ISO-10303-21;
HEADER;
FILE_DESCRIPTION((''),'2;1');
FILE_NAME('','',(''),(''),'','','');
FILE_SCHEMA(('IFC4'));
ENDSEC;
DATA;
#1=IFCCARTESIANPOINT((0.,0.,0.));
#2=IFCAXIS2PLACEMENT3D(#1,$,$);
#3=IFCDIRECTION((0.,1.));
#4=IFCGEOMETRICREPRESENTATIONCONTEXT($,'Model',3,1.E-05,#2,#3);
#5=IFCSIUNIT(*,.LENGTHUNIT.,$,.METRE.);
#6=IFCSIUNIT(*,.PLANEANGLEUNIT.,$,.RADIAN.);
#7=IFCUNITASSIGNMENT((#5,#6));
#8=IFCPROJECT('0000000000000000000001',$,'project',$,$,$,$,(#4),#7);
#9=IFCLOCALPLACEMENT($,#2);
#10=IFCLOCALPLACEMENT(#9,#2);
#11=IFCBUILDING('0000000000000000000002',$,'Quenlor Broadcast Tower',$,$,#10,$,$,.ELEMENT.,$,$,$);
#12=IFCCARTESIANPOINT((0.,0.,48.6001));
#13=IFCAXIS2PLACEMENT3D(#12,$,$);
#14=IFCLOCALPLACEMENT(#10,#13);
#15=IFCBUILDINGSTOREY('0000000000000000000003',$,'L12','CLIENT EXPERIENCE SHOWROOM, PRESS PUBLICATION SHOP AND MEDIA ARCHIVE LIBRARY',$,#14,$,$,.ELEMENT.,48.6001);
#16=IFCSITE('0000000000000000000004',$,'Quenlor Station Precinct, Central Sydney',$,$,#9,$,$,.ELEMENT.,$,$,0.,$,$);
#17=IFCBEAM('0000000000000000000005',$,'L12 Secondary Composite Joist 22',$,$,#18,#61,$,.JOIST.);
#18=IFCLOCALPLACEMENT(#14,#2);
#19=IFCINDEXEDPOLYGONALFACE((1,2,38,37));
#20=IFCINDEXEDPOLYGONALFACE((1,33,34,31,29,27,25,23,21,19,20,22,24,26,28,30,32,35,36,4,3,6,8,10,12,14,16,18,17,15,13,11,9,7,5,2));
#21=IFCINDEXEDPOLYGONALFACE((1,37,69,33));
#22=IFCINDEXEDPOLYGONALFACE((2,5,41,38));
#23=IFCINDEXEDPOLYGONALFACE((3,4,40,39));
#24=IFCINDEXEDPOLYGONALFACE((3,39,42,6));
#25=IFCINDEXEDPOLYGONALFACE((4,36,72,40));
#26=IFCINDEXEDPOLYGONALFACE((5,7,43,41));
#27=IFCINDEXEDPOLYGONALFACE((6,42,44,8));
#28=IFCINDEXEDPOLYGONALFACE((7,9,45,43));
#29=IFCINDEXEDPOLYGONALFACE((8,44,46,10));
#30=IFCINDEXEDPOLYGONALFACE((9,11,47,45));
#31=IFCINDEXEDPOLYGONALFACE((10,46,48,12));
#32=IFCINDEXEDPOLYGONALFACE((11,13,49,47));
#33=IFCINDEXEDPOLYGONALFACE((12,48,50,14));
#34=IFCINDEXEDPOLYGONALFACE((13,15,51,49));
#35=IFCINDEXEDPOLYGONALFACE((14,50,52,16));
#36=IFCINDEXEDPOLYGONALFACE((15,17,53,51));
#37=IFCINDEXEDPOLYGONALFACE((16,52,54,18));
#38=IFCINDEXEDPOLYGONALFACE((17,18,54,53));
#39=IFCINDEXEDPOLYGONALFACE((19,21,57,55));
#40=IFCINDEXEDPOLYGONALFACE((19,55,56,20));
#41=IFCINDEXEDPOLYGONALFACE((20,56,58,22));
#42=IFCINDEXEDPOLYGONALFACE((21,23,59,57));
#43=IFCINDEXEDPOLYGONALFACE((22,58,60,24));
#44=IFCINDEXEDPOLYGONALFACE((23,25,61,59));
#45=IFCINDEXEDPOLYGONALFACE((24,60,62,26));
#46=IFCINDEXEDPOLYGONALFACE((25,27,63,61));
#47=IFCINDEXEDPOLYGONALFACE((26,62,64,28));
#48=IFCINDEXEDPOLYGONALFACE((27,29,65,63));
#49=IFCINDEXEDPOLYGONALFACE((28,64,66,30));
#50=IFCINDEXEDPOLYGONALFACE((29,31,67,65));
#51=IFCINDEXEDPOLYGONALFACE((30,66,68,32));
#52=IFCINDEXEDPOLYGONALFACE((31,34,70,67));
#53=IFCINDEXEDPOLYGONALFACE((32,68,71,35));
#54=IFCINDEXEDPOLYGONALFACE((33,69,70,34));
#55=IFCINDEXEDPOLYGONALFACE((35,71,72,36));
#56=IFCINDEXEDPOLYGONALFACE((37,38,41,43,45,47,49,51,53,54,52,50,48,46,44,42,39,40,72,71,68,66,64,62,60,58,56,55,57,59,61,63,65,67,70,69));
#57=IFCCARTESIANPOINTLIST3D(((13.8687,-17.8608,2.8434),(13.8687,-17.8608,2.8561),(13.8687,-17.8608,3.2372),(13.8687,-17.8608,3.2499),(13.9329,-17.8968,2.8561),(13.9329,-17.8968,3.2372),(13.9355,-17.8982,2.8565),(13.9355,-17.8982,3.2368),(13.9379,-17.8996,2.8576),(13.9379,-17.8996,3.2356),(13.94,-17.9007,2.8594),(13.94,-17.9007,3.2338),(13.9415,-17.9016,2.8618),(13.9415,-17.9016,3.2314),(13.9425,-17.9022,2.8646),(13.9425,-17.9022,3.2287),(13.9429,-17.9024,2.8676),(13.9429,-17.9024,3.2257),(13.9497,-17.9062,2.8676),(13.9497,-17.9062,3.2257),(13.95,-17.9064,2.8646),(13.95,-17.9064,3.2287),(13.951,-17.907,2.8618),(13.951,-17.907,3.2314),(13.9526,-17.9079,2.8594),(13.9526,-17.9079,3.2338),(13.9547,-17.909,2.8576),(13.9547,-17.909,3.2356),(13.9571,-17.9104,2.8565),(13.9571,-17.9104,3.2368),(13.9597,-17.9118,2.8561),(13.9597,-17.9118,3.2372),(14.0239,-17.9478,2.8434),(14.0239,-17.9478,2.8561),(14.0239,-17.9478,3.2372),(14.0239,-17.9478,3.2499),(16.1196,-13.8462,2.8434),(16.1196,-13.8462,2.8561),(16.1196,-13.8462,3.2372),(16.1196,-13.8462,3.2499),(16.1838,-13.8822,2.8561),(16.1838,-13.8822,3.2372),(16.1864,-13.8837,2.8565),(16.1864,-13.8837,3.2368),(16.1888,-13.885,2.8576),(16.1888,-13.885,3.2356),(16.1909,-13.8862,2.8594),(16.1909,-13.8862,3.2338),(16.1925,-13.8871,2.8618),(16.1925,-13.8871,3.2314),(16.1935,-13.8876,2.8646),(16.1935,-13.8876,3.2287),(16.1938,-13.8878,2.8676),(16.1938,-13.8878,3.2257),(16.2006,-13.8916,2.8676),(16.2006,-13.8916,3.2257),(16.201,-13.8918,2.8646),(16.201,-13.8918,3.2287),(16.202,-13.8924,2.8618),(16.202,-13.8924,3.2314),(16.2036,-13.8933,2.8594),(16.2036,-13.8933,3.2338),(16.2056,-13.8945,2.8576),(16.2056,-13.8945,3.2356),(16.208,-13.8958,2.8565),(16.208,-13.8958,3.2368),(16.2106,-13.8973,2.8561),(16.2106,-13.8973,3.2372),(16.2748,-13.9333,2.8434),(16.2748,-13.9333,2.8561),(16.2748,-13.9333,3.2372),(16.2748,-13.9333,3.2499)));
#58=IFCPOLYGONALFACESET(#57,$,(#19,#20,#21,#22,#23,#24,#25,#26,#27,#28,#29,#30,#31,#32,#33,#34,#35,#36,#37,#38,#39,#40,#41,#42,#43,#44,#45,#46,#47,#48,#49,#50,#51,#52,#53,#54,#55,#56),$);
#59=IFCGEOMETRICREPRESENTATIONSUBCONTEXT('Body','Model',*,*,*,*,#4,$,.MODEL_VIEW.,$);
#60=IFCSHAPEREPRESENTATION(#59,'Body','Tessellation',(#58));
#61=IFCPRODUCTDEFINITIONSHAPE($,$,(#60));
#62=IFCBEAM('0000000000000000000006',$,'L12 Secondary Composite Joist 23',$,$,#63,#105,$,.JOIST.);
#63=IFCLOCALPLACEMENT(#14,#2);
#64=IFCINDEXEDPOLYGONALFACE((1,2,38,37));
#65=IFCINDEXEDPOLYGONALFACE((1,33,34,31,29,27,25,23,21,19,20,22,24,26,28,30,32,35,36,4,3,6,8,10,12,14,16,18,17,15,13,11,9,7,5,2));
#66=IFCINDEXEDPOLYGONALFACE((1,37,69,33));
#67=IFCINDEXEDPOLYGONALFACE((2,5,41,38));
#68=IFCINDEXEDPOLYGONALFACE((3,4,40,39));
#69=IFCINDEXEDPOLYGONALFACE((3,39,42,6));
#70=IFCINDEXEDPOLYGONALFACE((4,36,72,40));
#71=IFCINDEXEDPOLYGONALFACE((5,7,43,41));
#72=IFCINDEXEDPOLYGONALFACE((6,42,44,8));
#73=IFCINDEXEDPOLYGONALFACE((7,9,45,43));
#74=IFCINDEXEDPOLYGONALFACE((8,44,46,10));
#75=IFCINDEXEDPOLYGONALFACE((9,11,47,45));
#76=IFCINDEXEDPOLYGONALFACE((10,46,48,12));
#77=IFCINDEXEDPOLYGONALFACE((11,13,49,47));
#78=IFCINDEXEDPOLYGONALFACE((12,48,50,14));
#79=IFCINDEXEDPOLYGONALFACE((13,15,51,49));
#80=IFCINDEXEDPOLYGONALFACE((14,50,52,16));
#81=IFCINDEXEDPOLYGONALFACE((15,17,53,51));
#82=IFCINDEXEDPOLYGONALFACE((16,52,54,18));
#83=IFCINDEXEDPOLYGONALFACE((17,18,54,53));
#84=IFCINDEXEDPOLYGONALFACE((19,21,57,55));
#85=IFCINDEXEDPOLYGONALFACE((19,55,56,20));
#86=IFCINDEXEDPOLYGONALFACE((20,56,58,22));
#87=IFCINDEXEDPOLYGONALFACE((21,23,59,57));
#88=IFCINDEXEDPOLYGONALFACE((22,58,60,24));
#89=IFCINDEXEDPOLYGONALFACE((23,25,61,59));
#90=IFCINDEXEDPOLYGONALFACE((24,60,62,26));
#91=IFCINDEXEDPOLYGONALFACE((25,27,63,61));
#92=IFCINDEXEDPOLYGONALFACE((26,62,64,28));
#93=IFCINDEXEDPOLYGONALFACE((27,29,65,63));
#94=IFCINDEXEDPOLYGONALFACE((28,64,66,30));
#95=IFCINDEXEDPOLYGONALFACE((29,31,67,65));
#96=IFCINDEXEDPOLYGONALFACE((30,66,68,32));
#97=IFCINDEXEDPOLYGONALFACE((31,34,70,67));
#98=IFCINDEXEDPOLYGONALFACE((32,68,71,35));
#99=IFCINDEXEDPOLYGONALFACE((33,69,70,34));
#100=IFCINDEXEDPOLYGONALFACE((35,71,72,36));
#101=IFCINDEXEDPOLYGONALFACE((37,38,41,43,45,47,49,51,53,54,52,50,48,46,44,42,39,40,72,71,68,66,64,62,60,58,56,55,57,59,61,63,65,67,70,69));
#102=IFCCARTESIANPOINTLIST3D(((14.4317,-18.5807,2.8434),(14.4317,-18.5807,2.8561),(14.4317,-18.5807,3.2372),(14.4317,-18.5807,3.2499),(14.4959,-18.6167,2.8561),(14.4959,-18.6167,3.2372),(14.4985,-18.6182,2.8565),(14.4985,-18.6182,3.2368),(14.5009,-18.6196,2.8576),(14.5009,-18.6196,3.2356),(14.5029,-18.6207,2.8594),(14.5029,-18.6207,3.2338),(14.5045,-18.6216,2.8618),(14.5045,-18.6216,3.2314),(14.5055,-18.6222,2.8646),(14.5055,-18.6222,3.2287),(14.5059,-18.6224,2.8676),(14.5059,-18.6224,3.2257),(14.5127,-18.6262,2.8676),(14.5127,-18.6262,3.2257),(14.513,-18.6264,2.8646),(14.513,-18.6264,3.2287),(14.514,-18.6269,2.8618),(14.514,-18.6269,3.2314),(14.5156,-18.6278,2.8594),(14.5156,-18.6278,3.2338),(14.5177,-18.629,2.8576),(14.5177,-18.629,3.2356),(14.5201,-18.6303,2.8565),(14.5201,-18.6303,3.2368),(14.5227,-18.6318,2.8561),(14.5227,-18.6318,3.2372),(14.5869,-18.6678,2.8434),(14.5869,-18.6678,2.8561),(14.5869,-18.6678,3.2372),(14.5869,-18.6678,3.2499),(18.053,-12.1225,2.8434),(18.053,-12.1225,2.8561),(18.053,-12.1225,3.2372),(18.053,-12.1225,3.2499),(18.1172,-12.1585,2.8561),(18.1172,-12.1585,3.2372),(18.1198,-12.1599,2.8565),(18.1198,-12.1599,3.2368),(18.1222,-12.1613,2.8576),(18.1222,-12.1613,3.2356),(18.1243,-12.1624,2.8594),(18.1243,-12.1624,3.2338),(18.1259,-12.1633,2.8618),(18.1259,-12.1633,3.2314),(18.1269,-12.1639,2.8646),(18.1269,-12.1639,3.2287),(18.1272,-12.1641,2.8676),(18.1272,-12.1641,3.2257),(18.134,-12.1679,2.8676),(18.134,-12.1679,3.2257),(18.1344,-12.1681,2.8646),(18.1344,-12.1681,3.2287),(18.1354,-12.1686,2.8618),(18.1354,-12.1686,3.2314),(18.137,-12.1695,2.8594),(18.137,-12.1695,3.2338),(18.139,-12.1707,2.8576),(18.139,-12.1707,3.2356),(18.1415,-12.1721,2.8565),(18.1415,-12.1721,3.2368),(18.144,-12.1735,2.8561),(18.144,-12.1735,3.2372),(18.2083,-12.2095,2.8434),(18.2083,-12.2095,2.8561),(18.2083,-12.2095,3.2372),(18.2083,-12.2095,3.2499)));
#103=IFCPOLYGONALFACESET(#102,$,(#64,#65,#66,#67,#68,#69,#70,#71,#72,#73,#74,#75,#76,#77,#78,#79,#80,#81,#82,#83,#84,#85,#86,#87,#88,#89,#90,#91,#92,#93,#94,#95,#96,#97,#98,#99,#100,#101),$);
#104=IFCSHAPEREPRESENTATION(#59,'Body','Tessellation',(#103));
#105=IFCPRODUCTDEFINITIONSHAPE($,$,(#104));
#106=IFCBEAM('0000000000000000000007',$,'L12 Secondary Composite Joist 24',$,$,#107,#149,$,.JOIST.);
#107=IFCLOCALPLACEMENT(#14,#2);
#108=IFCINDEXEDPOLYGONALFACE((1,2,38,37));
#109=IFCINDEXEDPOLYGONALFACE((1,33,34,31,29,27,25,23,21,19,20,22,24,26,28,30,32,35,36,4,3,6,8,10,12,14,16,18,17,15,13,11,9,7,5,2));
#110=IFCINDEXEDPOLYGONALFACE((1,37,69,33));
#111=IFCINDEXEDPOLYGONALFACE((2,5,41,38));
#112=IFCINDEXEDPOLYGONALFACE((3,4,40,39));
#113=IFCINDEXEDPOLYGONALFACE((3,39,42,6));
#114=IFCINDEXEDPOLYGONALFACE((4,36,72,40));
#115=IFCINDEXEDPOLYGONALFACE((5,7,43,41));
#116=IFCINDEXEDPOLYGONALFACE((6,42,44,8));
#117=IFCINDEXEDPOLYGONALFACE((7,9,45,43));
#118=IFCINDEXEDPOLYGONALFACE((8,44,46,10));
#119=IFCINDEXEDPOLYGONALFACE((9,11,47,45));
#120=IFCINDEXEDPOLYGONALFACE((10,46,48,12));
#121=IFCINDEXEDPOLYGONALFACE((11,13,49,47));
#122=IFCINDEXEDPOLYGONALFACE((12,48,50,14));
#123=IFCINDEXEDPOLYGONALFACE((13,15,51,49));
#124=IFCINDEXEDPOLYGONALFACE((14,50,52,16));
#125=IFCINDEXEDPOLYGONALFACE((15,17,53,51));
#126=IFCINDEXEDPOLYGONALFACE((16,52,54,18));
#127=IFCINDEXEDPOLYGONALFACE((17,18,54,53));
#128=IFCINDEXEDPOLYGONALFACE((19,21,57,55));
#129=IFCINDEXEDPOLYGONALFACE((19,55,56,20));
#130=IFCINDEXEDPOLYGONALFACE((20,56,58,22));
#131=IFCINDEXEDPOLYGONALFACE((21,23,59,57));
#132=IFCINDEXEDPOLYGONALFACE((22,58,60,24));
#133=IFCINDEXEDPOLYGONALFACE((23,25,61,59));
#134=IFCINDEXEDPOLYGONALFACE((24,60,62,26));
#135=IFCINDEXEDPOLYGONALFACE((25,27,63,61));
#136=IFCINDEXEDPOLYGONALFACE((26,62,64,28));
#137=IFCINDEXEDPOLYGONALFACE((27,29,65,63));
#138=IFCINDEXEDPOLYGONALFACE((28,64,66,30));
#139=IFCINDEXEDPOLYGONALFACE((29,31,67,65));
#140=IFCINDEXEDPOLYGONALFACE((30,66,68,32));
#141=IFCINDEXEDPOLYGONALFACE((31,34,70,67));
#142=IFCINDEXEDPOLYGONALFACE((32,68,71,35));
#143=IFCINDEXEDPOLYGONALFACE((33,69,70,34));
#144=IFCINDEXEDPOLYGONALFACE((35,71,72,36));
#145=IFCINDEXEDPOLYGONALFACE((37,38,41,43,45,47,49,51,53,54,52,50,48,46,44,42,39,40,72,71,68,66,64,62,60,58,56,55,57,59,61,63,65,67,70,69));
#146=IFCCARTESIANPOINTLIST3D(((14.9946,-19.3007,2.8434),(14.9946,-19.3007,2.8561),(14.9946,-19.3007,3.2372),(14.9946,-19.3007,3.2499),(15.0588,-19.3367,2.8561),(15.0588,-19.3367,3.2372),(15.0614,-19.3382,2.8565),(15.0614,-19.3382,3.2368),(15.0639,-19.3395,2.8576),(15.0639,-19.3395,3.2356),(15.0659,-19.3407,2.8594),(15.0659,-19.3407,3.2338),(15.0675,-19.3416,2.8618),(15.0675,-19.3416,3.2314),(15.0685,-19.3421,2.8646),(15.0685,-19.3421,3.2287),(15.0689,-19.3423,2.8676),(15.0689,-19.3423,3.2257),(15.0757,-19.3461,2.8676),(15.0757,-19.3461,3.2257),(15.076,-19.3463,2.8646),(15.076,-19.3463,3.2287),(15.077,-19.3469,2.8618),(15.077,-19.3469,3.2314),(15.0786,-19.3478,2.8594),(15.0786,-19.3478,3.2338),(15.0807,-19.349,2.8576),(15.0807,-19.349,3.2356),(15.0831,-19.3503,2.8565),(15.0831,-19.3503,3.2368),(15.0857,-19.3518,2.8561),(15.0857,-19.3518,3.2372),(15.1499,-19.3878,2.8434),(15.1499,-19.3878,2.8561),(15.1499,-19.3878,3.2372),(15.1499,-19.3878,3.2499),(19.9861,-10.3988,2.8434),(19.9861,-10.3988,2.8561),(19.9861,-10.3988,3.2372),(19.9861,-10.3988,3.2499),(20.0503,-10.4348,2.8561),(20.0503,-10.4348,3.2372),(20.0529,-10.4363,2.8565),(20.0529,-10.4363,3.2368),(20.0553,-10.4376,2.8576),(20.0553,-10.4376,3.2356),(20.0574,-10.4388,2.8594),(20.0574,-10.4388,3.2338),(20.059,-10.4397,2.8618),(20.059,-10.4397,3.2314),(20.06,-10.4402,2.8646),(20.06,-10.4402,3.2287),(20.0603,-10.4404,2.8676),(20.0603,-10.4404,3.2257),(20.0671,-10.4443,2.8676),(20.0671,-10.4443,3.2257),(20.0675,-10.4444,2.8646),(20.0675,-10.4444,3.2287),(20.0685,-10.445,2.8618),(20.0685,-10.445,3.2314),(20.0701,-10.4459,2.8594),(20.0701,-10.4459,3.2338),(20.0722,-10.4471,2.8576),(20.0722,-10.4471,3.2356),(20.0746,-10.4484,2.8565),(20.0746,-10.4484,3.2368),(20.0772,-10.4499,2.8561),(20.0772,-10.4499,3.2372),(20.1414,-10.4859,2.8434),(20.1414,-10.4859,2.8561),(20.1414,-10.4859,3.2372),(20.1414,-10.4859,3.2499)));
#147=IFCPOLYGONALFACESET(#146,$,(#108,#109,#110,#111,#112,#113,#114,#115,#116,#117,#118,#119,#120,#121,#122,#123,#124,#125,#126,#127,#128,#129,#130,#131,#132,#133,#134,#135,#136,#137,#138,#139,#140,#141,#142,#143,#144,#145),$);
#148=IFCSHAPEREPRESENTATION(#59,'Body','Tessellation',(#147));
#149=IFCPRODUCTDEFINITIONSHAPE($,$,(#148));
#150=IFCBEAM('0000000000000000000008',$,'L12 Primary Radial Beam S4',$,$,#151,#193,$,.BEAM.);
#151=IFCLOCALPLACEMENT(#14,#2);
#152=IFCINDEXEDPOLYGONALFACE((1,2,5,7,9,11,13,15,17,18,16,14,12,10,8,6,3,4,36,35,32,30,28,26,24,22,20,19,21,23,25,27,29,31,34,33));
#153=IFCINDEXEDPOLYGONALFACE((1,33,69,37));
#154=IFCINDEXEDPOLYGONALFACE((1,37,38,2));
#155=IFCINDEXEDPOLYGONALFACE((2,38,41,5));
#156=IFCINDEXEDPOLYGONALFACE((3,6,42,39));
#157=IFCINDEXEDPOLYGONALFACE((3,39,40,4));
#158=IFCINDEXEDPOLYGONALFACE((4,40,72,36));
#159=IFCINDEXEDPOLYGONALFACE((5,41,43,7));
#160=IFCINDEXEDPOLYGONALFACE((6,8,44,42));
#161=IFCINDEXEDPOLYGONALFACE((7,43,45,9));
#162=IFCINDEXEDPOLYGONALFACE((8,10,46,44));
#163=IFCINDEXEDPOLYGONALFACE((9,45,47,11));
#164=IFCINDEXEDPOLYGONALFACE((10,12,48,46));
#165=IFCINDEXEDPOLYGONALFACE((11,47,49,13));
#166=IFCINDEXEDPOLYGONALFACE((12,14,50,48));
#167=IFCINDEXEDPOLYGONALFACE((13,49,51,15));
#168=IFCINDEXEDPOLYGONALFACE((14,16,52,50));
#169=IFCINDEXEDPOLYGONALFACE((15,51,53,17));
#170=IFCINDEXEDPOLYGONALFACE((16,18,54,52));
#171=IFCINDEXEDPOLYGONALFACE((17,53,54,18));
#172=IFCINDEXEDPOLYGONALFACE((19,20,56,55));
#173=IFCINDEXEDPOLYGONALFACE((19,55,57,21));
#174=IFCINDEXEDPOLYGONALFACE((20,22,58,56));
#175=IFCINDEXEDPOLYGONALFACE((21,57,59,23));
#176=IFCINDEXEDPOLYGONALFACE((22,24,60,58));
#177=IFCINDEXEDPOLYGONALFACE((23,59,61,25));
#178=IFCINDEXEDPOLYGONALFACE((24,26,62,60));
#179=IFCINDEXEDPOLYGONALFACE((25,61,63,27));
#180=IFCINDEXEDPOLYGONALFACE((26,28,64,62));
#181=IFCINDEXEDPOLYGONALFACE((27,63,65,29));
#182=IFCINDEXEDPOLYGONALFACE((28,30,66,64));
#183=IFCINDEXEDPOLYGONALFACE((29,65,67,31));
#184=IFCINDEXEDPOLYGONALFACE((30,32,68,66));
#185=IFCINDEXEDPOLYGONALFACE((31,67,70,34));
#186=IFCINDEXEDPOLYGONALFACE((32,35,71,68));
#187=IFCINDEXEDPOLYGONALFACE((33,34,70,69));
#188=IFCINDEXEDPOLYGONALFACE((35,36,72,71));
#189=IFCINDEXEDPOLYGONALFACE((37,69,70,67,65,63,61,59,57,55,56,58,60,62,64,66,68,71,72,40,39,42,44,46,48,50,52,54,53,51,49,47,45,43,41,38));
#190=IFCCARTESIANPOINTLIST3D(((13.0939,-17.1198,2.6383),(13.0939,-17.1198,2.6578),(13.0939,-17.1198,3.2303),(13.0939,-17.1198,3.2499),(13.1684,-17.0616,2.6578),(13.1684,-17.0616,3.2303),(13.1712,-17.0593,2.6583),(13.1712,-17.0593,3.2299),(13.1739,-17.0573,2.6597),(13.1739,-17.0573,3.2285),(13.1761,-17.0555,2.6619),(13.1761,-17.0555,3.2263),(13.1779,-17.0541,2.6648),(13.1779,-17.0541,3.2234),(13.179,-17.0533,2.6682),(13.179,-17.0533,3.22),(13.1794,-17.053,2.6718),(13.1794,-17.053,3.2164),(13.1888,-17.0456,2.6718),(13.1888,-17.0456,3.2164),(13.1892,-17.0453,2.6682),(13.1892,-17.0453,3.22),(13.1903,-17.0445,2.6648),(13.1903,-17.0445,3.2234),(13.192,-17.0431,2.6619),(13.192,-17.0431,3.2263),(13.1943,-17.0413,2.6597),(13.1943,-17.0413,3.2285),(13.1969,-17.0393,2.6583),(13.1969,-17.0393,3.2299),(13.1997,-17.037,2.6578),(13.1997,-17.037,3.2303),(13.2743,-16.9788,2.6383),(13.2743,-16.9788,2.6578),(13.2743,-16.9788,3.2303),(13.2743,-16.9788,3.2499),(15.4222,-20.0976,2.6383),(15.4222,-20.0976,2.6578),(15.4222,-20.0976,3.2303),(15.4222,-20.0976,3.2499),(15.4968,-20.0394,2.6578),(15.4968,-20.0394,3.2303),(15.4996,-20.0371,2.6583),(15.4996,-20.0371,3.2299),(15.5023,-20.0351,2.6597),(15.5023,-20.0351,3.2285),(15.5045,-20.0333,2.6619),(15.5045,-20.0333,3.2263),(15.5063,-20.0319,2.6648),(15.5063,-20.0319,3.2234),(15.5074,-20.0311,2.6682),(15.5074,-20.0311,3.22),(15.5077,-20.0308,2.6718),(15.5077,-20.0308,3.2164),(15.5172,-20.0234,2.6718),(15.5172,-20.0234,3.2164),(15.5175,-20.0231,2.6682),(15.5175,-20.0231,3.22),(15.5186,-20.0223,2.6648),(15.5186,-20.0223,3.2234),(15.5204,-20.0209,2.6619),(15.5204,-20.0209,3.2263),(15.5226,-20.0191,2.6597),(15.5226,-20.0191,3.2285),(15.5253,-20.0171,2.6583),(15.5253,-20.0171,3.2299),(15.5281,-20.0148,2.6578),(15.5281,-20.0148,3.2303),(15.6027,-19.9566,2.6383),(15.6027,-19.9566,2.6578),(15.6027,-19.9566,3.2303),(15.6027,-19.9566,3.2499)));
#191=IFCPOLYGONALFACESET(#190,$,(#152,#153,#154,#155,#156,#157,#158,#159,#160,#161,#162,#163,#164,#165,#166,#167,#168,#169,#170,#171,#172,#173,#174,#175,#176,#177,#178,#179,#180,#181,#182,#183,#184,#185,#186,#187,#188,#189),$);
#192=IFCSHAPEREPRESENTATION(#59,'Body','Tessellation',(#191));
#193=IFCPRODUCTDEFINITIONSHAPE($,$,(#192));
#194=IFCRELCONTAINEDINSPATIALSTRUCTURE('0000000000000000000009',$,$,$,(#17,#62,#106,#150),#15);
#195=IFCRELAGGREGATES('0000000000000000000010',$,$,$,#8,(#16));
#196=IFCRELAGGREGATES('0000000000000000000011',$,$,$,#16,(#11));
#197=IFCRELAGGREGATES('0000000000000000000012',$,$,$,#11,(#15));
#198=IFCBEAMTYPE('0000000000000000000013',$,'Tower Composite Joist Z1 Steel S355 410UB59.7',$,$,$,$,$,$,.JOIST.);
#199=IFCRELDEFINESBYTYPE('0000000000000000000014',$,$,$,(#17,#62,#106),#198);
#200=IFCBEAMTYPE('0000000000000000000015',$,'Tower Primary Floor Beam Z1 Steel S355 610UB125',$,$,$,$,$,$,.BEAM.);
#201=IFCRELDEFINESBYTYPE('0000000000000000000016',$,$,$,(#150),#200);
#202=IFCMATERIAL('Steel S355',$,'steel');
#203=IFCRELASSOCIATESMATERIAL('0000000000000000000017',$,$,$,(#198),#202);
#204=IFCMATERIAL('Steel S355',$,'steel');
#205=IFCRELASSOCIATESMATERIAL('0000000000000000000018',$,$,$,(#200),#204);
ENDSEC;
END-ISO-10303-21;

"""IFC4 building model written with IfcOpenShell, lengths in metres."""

from ifc_helpers import new_model, si_unit, direction, frame, origin, origin_2d, place, context, subcontext, project, spatial, i_section, extrude, material, material_profile, profile_set, type_object, element, save


model = new_model("IFC4")

# Units and contexts
model_context = context("Model", 3, precision=1e-05, world=origin(), true_north=direction((0.0, 1.0)))
body_context = subcontext(model_context, "Body", "Model", "MODEL_VIEW")
ifc_project = project(units=[si_unit("LENGTHUNIT", "METRE"), si_unit("PLANEANGLEUNIT", "RADIAN")], contexts=[model_context])

# Site, building, storey
site_placement = place(None, origin())
site = spatial("IfcSite", under=ifc_project, at=site_placement, Name="Quenlor Station Precinct, Central Sydney", CompositionType="ELEMENT", RefElevation=0.0)
building_placement = place(site_placement, origin())
building = spatial("IfcBuilding", under=site, at=building_placement, Name="Quenlor Broadcast Tower", CompositionType="ELEMENT")
storey_placement = place(building_placement, frame((0.0, 0.0, 48.6001)))
storey = spatial("IfcBuildingStorey", under=building, at=storey_placement, Name="L12", Description="CLIENT EXPERIENCE SHOWROOM, PRESS PUBLICATION SHOP AND MEDIA ARCHIVE LIBRARY", CompositionType="ELEMENT", Elevation=48.6001)

# Beams
ifc_material_1 = material(Name="Steel S355", Category="steel")
ifc_material_profile_1 = material_profile(ifc_material_1, i_section(OverallWidth=0.178, OverallDepth=0.4065, WebThickness=0.0078, FlangeThickness=0.0127, FilletRadius=0.0115, at=origin_2d()))
ifc_profile_set_1 = profile_set([ifc_material_profile_1], Name="Steel S355 410UB59.7")
beam_type_1 = type_object("IfcBeamType", Name="Tower Composite Joist Z1 Steel S355 410UB59.7", PredefinedType="JOIST", material=ifc_profile_set_1)
beam_1_placement = place(storey_placement, frame((13.9463, -17.9043, 3.0466), z_axis=(0.489062, 0.872249, 0.0), x_axis=(-0.872249, 0.489062, 0.0)))
element("IfcBeam", 1, at=beam_1_placement, inside=storey, type_object=beam_type_1, Name="L12 Secondary Composite Joist 22", PredefinedType="JOIST", context=body_context, shape_type="SweptSolid", body=[
    extrude(i_section(OverallWidth=0.178, OverallDepth=0.4065, WebThickness=0.0078, FlangeThickness=0.0127, FilletRadius=0.0115, at=origin_2d()), origin(), (0.0, 0.0, 1.0), 4.6025),
])
beam_2_placement = place(storey_placement, frame((14.5093, -18.6243, 3.0466), z_axis=(0.489088, 0.872234, 0.0), x_axis=(-0.872234, 0.489088, 0.0)))
element("IfcBeam", 2, at=beam_2_placement, inside=storey, type_object=beam_type_1, Name="L12 Secondary Composite Joist 23", PredefinedType="JOIST", context=body_context, shape_type="SweptSolid", body=[
    extrude(i_section(OverallWidth=0.178, OverallDepth=0.4065, WebThickness=0.0078, FlangeThickness=0.0127, FilletRadius=0.0115, at=origin_2d()), origin(), (0.0, 0.0, 1.0), 7.4043),
])
beam_3_placement = place(storey_placement, frame((15.0723, -19.3442, 3.0466), z_axis=(0.489082, 0.872238, 0.0), x_axis=(-0.872238, 0.489082, 0.0)))
element("IfcBeam", 3, at=beam_3_placement, inside=storey, type_object=beam_type_1, Name="L12 Secondary Composite Joist 24", PredefinedType="JOIST", context=body_context, shape_type="SweptSolid", body=[
    extrude(i_section(OverallWidth=0.178, OverallDepth=0.4065, WebThickness=0.0078, FlangeThickness=0.0127, FilletRadius=0.0115, at=origin_2d()), origin(), (0.0, 0.0, 1.0), 10.2058),
])
ifc_material_2 = material(Name="Steel S355", Category="steel")
ifc_material_profile_2 = material_profile(ifc_material_2, i_section(OverallWidth=0.229, OverallDepth=0.6116, WebThickness=0.012, FlangeThickness=0.0195, FilletRadius=0.0139, at=origin_2d()))
ifc_profile_set_2 = profile_set([ifc_material_profile_2], Name="Steel S355 610UB125")
beam_type_2 = type_object("IfcBeamType", Name="Tower Primary Floor Beam Z1 Steel S355 610UB125", PredefinedType="BEAM", material=ifc_profile_set_2)
beam_4_placement = place(storey_placement, frame((15.5125, -20.0271, 2.9441), z_axis=(-0.615969, 0.787771, 0.0), x_axis=(-0.787771, -0.615969, 0.0)))
element("IfcBeam", 4, at=beam_4_placement, inside=storey, type_object=beam_type_2, Name="L12 Primary Radial Beam S4", PredefinedType="BEAM", context=body_context, shape_type="SweptSolid", body=[
    extrude(i_section(OverallWidth=0.229, OverallDepth=0.6116, WebThickness=0.012, FlangeThickness=0.0195, FilletRadius=0.0139, at=origin_2d()), origin(), (0.0, 0.0, 1.0), 3.78),
])

save(model, "model.ifc")
